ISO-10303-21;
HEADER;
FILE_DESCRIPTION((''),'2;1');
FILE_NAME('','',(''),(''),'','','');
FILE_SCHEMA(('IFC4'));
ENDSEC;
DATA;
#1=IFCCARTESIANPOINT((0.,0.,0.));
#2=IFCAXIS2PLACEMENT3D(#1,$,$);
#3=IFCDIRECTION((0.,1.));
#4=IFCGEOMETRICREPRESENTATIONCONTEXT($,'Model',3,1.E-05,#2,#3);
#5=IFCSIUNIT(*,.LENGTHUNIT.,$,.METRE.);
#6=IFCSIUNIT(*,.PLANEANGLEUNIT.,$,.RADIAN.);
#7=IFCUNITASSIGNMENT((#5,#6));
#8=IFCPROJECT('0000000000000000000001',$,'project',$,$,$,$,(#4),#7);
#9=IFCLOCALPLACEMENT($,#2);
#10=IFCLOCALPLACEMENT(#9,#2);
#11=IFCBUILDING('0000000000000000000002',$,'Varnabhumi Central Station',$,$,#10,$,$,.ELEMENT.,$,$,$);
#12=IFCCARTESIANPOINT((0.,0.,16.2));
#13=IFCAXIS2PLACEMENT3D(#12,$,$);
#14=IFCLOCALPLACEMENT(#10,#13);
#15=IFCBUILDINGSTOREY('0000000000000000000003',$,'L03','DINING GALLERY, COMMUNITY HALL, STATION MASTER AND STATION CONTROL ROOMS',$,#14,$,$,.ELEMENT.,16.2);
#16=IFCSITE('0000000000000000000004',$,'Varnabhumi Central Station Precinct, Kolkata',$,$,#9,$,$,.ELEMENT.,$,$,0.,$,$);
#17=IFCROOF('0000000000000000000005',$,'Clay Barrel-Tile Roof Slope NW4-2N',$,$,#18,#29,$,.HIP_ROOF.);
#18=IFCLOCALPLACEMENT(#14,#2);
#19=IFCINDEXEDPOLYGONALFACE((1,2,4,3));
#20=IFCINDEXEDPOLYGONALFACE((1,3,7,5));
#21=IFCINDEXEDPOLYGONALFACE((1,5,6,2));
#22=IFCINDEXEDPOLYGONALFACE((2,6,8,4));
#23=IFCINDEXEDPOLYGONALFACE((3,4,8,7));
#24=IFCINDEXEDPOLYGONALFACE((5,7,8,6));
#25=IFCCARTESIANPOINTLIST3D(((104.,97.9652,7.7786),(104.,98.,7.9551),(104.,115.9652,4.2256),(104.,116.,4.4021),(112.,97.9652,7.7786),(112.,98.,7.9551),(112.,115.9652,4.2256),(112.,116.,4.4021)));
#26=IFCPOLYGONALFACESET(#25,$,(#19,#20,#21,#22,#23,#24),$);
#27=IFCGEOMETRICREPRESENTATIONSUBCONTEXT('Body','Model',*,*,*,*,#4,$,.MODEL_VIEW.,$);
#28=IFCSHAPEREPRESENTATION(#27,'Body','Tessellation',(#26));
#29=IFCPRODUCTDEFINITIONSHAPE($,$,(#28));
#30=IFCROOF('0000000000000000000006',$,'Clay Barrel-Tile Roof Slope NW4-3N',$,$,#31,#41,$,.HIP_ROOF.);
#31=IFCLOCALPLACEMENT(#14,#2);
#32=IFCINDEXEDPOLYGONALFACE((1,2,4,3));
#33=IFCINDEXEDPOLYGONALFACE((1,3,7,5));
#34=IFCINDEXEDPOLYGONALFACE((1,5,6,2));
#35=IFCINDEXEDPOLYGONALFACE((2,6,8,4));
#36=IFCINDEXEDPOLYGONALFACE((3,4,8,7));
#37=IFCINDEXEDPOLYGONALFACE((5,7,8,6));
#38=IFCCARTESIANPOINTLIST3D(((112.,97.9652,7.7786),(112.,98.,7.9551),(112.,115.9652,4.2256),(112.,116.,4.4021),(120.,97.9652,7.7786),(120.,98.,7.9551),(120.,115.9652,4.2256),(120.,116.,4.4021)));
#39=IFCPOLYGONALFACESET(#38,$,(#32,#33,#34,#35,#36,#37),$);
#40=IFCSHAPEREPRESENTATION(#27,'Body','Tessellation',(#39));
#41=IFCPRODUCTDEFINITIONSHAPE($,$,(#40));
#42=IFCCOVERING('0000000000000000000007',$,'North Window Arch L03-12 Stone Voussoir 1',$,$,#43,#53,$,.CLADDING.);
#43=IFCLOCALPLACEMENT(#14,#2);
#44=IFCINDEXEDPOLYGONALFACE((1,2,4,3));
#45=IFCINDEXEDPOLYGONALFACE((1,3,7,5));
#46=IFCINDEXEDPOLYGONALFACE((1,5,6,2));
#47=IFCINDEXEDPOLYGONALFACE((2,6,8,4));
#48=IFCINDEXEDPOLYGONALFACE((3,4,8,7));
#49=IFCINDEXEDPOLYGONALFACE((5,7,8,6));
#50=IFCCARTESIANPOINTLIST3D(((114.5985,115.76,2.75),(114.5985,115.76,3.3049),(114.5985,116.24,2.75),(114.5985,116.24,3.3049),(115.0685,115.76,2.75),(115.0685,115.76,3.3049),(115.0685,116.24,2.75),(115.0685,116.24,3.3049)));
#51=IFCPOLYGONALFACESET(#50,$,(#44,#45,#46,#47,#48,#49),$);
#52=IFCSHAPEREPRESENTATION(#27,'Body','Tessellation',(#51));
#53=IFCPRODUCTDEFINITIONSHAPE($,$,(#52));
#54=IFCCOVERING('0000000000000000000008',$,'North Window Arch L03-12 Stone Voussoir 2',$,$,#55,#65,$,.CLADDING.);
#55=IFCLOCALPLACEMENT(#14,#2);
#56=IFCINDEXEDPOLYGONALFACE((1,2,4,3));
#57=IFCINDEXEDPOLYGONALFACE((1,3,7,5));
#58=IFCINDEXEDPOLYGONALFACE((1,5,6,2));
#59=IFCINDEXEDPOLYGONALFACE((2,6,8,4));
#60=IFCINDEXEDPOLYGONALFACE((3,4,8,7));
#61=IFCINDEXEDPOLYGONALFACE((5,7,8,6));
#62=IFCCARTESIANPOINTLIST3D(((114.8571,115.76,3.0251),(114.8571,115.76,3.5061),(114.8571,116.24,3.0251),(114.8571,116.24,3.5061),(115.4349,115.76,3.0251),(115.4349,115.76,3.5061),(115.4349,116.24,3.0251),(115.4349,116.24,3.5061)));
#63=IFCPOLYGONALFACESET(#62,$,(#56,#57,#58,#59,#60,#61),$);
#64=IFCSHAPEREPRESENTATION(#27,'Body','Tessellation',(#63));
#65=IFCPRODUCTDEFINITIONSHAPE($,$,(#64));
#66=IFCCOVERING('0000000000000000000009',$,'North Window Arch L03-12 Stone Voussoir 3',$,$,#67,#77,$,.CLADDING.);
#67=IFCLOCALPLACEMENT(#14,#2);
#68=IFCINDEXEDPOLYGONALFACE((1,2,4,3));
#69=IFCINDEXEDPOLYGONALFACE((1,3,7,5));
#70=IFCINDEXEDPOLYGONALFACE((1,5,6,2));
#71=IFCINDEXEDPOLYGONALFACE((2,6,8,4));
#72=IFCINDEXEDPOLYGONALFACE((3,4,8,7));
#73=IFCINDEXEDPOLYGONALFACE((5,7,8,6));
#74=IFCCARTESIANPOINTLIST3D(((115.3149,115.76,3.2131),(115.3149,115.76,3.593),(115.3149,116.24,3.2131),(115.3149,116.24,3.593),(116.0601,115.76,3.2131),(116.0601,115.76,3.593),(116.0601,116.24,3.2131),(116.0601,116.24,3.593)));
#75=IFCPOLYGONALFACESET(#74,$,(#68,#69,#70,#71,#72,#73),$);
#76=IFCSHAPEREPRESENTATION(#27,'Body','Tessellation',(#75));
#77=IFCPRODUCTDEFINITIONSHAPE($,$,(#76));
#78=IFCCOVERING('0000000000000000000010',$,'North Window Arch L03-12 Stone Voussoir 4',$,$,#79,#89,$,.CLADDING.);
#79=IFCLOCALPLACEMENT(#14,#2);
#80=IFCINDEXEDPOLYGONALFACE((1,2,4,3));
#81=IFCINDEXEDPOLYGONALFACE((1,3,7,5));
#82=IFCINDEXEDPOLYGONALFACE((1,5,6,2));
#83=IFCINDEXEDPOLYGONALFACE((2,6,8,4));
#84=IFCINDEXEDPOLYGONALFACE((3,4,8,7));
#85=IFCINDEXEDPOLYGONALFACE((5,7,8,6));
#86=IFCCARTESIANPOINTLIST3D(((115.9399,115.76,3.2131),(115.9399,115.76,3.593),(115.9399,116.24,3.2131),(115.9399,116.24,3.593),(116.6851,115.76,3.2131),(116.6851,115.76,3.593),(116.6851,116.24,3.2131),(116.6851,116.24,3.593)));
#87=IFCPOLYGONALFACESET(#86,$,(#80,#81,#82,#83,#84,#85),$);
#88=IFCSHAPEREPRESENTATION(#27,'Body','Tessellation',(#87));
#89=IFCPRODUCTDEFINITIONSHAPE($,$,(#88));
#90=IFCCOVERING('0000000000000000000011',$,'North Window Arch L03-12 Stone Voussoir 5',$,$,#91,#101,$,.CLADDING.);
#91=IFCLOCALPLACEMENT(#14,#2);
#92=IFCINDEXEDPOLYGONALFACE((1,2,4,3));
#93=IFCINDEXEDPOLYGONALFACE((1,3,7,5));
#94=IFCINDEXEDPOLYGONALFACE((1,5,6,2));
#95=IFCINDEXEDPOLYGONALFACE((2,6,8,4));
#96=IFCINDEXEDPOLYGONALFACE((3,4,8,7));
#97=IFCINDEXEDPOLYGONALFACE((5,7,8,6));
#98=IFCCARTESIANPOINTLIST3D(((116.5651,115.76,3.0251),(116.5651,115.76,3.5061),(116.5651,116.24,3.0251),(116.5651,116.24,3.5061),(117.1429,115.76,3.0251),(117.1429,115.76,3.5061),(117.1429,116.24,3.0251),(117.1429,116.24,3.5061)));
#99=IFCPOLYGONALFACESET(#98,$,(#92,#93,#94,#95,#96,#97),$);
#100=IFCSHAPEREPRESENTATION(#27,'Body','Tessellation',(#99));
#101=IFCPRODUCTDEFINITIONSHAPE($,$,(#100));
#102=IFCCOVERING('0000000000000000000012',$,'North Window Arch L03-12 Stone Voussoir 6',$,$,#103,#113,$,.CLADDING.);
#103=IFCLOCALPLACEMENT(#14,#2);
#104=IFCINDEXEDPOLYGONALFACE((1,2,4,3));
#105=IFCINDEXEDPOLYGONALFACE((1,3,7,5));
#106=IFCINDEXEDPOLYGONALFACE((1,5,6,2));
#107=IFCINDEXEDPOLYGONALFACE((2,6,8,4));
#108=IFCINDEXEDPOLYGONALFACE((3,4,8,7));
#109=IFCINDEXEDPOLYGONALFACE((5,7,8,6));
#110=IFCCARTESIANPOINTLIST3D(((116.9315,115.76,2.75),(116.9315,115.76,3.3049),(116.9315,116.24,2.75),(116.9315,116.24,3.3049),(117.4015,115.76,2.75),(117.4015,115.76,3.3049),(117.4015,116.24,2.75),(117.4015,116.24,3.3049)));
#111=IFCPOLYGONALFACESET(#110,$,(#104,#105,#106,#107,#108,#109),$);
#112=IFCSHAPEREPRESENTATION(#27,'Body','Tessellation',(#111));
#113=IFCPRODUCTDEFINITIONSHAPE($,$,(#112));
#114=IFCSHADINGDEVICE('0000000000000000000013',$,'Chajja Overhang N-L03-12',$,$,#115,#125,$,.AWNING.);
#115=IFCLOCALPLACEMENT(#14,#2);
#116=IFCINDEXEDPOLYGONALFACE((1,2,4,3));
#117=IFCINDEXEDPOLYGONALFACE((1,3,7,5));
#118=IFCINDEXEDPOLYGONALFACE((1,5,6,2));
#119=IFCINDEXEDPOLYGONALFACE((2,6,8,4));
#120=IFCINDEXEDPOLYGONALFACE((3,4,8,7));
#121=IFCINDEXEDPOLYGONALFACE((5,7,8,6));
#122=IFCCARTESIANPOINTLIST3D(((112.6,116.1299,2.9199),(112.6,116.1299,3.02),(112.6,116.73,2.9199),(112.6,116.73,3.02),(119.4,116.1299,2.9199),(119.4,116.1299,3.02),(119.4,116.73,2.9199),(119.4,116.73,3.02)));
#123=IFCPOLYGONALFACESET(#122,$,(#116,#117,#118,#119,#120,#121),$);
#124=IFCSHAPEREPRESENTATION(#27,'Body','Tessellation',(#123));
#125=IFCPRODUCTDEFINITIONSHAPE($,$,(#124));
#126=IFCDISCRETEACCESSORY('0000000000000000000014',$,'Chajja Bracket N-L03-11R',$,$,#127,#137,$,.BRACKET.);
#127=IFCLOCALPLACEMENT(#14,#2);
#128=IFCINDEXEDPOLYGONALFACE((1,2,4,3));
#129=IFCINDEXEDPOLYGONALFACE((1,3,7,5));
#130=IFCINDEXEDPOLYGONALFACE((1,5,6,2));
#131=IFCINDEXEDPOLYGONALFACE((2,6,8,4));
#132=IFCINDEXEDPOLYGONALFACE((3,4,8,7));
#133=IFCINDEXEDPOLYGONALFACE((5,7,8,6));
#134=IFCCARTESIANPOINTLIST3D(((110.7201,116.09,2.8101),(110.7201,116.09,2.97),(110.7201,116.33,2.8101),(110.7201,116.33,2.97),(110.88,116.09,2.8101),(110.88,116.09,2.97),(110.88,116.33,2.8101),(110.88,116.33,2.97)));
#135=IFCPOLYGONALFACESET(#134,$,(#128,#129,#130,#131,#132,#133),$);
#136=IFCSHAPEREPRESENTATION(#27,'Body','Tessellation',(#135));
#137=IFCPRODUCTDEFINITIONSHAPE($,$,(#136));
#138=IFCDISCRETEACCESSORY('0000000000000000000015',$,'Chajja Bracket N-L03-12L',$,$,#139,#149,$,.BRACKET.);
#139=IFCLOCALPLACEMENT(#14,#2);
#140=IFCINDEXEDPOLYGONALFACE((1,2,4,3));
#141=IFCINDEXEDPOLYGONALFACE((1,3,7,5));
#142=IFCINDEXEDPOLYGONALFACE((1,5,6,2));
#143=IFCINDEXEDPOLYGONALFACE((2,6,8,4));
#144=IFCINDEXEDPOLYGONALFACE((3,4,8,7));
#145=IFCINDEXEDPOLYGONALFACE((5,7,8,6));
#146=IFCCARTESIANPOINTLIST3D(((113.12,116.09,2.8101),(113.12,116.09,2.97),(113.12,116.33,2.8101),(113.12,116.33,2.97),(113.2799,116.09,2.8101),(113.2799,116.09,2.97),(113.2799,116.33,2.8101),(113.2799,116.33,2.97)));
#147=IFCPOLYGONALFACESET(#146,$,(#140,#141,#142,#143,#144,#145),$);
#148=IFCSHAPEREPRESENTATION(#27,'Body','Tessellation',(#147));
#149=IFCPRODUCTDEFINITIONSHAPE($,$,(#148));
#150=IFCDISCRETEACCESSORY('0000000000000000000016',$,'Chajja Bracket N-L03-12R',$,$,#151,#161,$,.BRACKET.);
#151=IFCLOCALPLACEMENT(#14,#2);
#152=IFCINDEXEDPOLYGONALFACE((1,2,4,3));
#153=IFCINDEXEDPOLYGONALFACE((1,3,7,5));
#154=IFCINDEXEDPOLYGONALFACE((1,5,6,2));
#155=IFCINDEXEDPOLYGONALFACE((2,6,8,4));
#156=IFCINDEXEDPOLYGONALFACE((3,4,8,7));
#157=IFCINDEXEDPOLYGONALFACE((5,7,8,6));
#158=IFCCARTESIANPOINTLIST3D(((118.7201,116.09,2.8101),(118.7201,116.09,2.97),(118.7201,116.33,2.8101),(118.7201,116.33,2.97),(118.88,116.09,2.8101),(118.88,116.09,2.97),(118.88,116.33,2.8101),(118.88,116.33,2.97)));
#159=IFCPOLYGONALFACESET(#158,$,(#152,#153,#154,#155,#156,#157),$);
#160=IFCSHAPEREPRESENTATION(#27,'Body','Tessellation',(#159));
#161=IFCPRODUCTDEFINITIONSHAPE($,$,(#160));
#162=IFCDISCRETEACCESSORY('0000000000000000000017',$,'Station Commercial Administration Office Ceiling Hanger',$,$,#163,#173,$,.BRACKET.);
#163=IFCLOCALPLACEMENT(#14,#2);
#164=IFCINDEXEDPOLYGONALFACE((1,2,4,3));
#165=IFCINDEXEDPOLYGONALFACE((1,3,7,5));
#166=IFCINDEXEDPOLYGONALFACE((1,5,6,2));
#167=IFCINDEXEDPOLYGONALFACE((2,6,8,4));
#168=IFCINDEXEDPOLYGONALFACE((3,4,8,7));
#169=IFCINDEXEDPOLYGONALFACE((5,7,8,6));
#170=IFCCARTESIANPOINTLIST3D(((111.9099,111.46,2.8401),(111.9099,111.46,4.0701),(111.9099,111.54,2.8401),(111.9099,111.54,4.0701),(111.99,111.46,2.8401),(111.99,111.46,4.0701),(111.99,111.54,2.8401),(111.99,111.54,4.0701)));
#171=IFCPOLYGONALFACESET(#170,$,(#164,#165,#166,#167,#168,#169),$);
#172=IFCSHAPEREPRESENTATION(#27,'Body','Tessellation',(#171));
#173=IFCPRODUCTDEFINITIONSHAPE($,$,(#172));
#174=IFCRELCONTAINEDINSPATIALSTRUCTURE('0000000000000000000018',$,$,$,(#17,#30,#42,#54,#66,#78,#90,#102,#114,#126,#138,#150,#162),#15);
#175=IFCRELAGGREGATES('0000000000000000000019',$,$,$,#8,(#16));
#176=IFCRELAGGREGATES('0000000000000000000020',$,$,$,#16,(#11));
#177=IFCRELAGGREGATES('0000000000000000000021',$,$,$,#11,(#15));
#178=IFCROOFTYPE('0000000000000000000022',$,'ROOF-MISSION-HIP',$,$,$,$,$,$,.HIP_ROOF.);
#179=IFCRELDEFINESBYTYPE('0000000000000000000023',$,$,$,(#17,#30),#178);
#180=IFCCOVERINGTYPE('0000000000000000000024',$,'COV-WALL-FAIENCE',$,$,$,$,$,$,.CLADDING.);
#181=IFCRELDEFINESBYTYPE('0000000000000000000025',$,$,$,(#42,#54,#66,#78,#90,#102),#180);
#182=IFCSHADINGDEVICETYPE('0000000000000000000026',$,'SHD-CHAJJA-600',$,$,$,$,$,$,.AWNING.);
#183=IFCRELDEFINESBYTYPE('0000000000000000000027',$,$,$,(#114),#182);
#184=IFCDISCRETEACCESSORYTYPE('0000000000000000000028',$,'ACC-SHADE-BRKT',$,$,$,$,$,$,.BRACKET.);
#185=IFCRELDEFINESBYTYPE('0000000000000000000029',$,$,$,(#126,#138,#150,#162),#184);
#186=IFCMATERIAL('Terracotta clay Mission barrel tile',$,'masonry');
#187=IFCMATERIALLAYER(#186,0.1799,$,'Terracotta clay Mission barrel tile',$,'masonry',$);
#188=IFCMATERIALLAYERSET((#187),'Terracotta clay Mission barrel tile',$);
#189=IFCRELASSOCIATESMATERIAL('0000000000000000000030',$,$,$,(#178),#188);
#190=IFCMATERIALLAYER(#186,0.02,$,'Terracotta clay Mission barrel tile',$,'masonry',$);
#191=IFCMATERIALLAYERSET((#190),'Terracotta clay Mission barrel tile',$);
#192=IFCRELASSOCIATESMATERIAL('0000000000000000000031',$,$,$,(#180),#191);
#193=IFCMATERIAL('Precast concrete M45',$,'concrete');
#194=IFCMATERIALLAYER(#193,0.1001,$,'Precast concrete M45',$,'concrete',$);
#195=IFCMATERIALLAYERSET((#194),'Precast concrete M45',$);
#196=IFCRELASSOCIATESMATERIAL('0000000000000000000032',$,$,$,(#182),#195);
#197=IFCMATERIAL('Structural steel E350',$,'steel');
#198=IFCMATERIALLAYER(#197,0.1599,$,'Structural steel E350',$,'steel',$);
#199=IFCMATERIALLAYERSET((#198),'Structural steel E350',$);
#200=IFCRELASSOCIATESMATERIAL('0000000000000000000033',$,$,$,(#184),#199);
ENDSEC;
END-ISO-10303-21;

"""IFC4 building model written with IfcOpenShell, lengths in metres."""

from ifc_helpers import new_model, si_unit, direction, frame, origin, origin_2d, place, context, subcontext, project, spatial, polyline, rectangle, outline, extrude, material, layer, layer_set, type_object, element, save


model = new_model("IFC4")

# Units and contexts
model_context = context("Model", 3, precision=1e-05, world=origin(), true_north=direction((0.0, 1.0)))
body_context = subcontext(model_context, "Body", "Model", "MODEL_VIEW")
ifc_project = project(units=[si_unit("LENGTHUNIT", "METRE"), si_unit("PLANEANGLEUNIT", "RADIAN")], contexts=[model_context])

# Site, building, storey
site_placement = place(None, origin())
site = spatial("IfcSite", under=ifc_project, at=site_placement, Name="Varnabhumi Central Station Precinct, Kolkata", CompositionType="ELEMENT", RefElevation=0.0)
building_placement = place(site_placement, origin())
building = spatial("IfcBuilding", under=site, at=building_placement, Name="Varnabhumi Central Station", CompositionType="ELEMENT")
storey_placement = place(building_placement, frame((0.0, 0.0, 16.2)))
storey = spatial("IfcBuildingStorey", under=building, at=storey_placement, Name="L03", Description="DINING GALLERY, COMMUNITY HALL, STATION MASTER AND STATION CONTROL ROOMS", CompositionType="ELEMENT", Elevation=16.2)

# Shared definitions
ifc_material_1 = material(Name="Structural steel E350", Category="steel")

# Roofs
ifc_material_2 = material(Name="Terracotta clay Mission barrel tile", Category="masonry")
ifc_layer_1 = layer(ifc_material_2, 0.1799, Name="Terracotta clay Mission barrel tile", Category="masonry")
ifc_layer_set_1 = layer_set([ifc_layer_1], Name="Terracotta clay Mission barrel tile")
roof_type = type_object("IfcRoofType", Name="ROOF-MISSION-HIP", PredefinedType="HIP_ROOF", material=ifc_layer_set_1)
for number, where, z_axis, x_axis, name in (
    (1, (112.0, 116.0, 4.4021), (0.0, 0.193651, 0.98107), (-1.0, 0.0, 0.0), "Clay Barrel-Tile Roof Slope NW4-2N"),
    (2, (120.0, 116.0, 4.4021), (0.0, 0.193651, 0.98107), (-1.0, 0.0, 0.0), "Clay Barrel-Tile Roof Slope NW4-3N"),
):
    element("IfcRoof", number, at=place(storey_placement, frame(where, z_axis=z_axis, x_axis=x_axis)), inside=storey, type_object=roof_type, Name=name, PredefinedType="HIP_ROOF", context=body_context, shape_type="SweptSolid", body=[
        extrude(outline(polyline([(0.0, 0.0), (8.0, 0.0), (8.0, 18.3473), (0.0, 18.3473), (0.0, 0.0)])), origin(), (0.0, 0.0, -1.0), 0.1799),
    ])

# Coverings
ifc_layer_2 = layer(ifc_material_2, 0.02, Name="Terracotta clay Mission barrel tile", Category="masonry")
ifc_layer_set_2 = layer_set([ifc_layer_2], Name="Terracotta clay Mission barrel tile")
covering_type = type_object("IfcCoveringType", Name="COV-WALL-FAIENCE", PredefinedType="CLADDING", material=ifc_layer_set_2)
covering_1_placement = place(storey_placement, frame((114.8335, 116.0, 2.75), z_axis=(0.0, 0.0, 1.0), x_axis=(1.0, 0.0, 0.0)))
element("IfcCovering", 3, at=covering_1_placement, inside=storey, type_object=covering_type, Name="North Window Arch L03-12 Stone Voussoir 1", PredefinedType="CLADDING", context=body_context, shape_type="SweptSolid", body=[
    extrude(rectangle(XDim=0.47, YDim=0.48, at=origin_2d()), origin(), (0.0, 0.0, 1.0), 0.5549),
])
covering_2_placement = place(storey_placement, frame((115.146, 116.0, 3.0251), z_axis=(0.0, 0.0, 1.0), x_axis=(1.0, 0.0, 0.0)))
element("IfcCovering", 4, at=covering_2_placement, inside=storey, type_object=covering_type, Name="North Window Arch L03-12 Stone Voussoir 2", PredefinedType="CLADDING", context=body_context, shape_type="SweptSolid", body=[
    extrude(rectangle(XDim=0.5779, YDim=0.48, at=origin_2d()), origin(), (0.0, 0.0, 1.0), 0.481),
])
for number, where, z_axis, x_axis, name in (
    (5, (115.6875, 116.0, 3.2131), (0.0, 0.0, 1.0), (1.0, 0.0, 0.0), "North Window Arch L03-12 Stone Voussoir 3"),
    (6, (116.3125, 116.0, 3.2131), (0.0, 0.0, 1.0), (1.0, 0.0, 0.0), "North Window Arch L03-12 Stone Voussoir 4"),
):
    element("IfcCovering", number, at=place(storey_placement, frame(where, z_axis=z_axis, x_axis=x_axis)), inside=storey, type_object=covering_type, Name=name, PredefinedType="CLADDING", context=body_context, shape_type="SweptSolid", body=[
        extrude(rectangle(XDim=0.7451, YDim=0.48, at=origin_2d()), origin(), (0.0, 0.0, 1.0), 0.3799),
    ])
covering_3_placement = place(storey_placement, frame((116.854, 116.0, 3.0251), z_axis=(0.0, 0.0, 1.0), x_axis=(1.0, 0.0, 0.0)))
element("IfcCovering", 7, at=covering_3_placement, inside=storey, type_object=covering_type, Name="North Window Arch L03-12 Stone Voussoir 5", PredefinedType="CLADDING", context=body_context, shape_type="SweptSolid", body=[
    extrude(rectangle(XDim=0.5779, YDim=0.48, at=origin_2d()), origin(), (0.0, 0.0, 1.0), 0.481),
])
covering_4_placement = place(storey_placement, frame((117.1665, 116.0, 2.75), z_axis=(0.0, 0.0, 1.0), x_axis=(1.0, 0.0, 0.0)))
element("IfcCovering", 8, at=covering_4_placement, inside=storey, type_object=covering_type, Name="North Window Arch L03-12 Stone Voussoir 6", PredefinedType="CLADDING", context=body_context, shape_type="SweptSolid", body=[
    extrude(rectangle(XDim=0.47, YDim=0.48, at=origin_2d()), origin(), (0.0, 0.0, 1.0), 0.5549),
])

# Shading device
ifc_material_3 = material(Name="Precast concrete M45", Category="concrete")
ifc_layer_3 = layer(ifc_material_3, 0.1001, Name="Precast concrete M45", Category="concrete")
ifc_layer_set_3 = layer_set([ifc_layer_3], Name="Precast concrete M45")
shading_device_type = type_object("IfcShadingDeviceType", Name="SHD-CHAJJA-600", PredefinedType="AWNING", material=ifc_layer_set_3)
shading_device_placement = place(storey_placement, frame((116.0, 116.4299, 2.9199), z_axis=(0.0, 0.0, 1.0), x_axis=(1.0, 0.0, 0.0)))
element("IfcShadingDevice", 9, at=shading_device_placement, inside=storey, type_object=shading_device_type, Name="Chajja Overhang N-L03-12", PredefinedType="AWNING", context=body_context, shape_type="SweptSolid", body=[
    extrude(rectangle(XDim=6.8, YDim=0.6001, at=origin_2d()), origin(), (0.0, 0.0, 1.0), 0.1001),
])

# Discrete accessories
ifc_layer_4 = layer(ifc_material_1, 0.1599, Name="Structural steel E350", Category="steel")
ifc_layer_set_4 = layer_set([ifc_layer_4], Name="Structural steel E350")
discrete_accessory_type = type_object("IfcDiscreteAccessoryType", Name="ACC-SHADE-BRKT", PredefinedType="BRACKET", material=ifc_layer_set_4)
for number, where, z_axis, x_axis, name in (
    (10, (110.8, 116.21, 2.8101), (0.0, 0.0, 1.0), (1.0, 0.0, 0.0), "Chajja Bracket N-L03-11R"),
    (11, (113.2, 116.21, 2.8101), (0.0, 0.0, 1.0), (1.0, 0.0, 0.0), "Chajja Bracket N-L03-12L"),
    (12, (118.8, 116.21, 2.8101), (0.0, 0.0, 1.0), (1.0, 0.0, 0.0), "Chajja Bracket N-L03-12R"),
):
    element("IfcDiscreteAccessory", number, at=place(storey_placement, frame(where, z_axis=z_axis, x_axis=x_axis)), inside=storey, type_object=discrete_accessory_type, Name=name, PredefinedType="BRACKET", context=body_context, shape_type="SweptSolid", body=[
        extrude(rectangle(XDim=0.1599, YDim=0.24, at=origin_2d()), origin(), (0.0, 0.0, 1.0), 0.1599),
    ])
discrete_accessory_placement = place(storey_placement, frame((111.95, 111.5, 2.8401), z_axis=(0.0, 0.0, 1.0), x_axis=(1.0, 0.0, 0.0)))
element("IfcDiscreteAccessory", 13, at=discrete_accessory_placement, inside=storey, type_object=discrete_accessory_type, Name="Station Commercial Administration Office Ceiling Hanger", PredefinedType="BRACKET", context=body_context, shape_type="SweptSolid", body=[
    extrude(rectangle(XDim=0.0801, YDim=0.0801, at=origin_2d()), origin(), (0.0, 0.0, 1.0), 1.23),
])

save(model, "model.ifc")
